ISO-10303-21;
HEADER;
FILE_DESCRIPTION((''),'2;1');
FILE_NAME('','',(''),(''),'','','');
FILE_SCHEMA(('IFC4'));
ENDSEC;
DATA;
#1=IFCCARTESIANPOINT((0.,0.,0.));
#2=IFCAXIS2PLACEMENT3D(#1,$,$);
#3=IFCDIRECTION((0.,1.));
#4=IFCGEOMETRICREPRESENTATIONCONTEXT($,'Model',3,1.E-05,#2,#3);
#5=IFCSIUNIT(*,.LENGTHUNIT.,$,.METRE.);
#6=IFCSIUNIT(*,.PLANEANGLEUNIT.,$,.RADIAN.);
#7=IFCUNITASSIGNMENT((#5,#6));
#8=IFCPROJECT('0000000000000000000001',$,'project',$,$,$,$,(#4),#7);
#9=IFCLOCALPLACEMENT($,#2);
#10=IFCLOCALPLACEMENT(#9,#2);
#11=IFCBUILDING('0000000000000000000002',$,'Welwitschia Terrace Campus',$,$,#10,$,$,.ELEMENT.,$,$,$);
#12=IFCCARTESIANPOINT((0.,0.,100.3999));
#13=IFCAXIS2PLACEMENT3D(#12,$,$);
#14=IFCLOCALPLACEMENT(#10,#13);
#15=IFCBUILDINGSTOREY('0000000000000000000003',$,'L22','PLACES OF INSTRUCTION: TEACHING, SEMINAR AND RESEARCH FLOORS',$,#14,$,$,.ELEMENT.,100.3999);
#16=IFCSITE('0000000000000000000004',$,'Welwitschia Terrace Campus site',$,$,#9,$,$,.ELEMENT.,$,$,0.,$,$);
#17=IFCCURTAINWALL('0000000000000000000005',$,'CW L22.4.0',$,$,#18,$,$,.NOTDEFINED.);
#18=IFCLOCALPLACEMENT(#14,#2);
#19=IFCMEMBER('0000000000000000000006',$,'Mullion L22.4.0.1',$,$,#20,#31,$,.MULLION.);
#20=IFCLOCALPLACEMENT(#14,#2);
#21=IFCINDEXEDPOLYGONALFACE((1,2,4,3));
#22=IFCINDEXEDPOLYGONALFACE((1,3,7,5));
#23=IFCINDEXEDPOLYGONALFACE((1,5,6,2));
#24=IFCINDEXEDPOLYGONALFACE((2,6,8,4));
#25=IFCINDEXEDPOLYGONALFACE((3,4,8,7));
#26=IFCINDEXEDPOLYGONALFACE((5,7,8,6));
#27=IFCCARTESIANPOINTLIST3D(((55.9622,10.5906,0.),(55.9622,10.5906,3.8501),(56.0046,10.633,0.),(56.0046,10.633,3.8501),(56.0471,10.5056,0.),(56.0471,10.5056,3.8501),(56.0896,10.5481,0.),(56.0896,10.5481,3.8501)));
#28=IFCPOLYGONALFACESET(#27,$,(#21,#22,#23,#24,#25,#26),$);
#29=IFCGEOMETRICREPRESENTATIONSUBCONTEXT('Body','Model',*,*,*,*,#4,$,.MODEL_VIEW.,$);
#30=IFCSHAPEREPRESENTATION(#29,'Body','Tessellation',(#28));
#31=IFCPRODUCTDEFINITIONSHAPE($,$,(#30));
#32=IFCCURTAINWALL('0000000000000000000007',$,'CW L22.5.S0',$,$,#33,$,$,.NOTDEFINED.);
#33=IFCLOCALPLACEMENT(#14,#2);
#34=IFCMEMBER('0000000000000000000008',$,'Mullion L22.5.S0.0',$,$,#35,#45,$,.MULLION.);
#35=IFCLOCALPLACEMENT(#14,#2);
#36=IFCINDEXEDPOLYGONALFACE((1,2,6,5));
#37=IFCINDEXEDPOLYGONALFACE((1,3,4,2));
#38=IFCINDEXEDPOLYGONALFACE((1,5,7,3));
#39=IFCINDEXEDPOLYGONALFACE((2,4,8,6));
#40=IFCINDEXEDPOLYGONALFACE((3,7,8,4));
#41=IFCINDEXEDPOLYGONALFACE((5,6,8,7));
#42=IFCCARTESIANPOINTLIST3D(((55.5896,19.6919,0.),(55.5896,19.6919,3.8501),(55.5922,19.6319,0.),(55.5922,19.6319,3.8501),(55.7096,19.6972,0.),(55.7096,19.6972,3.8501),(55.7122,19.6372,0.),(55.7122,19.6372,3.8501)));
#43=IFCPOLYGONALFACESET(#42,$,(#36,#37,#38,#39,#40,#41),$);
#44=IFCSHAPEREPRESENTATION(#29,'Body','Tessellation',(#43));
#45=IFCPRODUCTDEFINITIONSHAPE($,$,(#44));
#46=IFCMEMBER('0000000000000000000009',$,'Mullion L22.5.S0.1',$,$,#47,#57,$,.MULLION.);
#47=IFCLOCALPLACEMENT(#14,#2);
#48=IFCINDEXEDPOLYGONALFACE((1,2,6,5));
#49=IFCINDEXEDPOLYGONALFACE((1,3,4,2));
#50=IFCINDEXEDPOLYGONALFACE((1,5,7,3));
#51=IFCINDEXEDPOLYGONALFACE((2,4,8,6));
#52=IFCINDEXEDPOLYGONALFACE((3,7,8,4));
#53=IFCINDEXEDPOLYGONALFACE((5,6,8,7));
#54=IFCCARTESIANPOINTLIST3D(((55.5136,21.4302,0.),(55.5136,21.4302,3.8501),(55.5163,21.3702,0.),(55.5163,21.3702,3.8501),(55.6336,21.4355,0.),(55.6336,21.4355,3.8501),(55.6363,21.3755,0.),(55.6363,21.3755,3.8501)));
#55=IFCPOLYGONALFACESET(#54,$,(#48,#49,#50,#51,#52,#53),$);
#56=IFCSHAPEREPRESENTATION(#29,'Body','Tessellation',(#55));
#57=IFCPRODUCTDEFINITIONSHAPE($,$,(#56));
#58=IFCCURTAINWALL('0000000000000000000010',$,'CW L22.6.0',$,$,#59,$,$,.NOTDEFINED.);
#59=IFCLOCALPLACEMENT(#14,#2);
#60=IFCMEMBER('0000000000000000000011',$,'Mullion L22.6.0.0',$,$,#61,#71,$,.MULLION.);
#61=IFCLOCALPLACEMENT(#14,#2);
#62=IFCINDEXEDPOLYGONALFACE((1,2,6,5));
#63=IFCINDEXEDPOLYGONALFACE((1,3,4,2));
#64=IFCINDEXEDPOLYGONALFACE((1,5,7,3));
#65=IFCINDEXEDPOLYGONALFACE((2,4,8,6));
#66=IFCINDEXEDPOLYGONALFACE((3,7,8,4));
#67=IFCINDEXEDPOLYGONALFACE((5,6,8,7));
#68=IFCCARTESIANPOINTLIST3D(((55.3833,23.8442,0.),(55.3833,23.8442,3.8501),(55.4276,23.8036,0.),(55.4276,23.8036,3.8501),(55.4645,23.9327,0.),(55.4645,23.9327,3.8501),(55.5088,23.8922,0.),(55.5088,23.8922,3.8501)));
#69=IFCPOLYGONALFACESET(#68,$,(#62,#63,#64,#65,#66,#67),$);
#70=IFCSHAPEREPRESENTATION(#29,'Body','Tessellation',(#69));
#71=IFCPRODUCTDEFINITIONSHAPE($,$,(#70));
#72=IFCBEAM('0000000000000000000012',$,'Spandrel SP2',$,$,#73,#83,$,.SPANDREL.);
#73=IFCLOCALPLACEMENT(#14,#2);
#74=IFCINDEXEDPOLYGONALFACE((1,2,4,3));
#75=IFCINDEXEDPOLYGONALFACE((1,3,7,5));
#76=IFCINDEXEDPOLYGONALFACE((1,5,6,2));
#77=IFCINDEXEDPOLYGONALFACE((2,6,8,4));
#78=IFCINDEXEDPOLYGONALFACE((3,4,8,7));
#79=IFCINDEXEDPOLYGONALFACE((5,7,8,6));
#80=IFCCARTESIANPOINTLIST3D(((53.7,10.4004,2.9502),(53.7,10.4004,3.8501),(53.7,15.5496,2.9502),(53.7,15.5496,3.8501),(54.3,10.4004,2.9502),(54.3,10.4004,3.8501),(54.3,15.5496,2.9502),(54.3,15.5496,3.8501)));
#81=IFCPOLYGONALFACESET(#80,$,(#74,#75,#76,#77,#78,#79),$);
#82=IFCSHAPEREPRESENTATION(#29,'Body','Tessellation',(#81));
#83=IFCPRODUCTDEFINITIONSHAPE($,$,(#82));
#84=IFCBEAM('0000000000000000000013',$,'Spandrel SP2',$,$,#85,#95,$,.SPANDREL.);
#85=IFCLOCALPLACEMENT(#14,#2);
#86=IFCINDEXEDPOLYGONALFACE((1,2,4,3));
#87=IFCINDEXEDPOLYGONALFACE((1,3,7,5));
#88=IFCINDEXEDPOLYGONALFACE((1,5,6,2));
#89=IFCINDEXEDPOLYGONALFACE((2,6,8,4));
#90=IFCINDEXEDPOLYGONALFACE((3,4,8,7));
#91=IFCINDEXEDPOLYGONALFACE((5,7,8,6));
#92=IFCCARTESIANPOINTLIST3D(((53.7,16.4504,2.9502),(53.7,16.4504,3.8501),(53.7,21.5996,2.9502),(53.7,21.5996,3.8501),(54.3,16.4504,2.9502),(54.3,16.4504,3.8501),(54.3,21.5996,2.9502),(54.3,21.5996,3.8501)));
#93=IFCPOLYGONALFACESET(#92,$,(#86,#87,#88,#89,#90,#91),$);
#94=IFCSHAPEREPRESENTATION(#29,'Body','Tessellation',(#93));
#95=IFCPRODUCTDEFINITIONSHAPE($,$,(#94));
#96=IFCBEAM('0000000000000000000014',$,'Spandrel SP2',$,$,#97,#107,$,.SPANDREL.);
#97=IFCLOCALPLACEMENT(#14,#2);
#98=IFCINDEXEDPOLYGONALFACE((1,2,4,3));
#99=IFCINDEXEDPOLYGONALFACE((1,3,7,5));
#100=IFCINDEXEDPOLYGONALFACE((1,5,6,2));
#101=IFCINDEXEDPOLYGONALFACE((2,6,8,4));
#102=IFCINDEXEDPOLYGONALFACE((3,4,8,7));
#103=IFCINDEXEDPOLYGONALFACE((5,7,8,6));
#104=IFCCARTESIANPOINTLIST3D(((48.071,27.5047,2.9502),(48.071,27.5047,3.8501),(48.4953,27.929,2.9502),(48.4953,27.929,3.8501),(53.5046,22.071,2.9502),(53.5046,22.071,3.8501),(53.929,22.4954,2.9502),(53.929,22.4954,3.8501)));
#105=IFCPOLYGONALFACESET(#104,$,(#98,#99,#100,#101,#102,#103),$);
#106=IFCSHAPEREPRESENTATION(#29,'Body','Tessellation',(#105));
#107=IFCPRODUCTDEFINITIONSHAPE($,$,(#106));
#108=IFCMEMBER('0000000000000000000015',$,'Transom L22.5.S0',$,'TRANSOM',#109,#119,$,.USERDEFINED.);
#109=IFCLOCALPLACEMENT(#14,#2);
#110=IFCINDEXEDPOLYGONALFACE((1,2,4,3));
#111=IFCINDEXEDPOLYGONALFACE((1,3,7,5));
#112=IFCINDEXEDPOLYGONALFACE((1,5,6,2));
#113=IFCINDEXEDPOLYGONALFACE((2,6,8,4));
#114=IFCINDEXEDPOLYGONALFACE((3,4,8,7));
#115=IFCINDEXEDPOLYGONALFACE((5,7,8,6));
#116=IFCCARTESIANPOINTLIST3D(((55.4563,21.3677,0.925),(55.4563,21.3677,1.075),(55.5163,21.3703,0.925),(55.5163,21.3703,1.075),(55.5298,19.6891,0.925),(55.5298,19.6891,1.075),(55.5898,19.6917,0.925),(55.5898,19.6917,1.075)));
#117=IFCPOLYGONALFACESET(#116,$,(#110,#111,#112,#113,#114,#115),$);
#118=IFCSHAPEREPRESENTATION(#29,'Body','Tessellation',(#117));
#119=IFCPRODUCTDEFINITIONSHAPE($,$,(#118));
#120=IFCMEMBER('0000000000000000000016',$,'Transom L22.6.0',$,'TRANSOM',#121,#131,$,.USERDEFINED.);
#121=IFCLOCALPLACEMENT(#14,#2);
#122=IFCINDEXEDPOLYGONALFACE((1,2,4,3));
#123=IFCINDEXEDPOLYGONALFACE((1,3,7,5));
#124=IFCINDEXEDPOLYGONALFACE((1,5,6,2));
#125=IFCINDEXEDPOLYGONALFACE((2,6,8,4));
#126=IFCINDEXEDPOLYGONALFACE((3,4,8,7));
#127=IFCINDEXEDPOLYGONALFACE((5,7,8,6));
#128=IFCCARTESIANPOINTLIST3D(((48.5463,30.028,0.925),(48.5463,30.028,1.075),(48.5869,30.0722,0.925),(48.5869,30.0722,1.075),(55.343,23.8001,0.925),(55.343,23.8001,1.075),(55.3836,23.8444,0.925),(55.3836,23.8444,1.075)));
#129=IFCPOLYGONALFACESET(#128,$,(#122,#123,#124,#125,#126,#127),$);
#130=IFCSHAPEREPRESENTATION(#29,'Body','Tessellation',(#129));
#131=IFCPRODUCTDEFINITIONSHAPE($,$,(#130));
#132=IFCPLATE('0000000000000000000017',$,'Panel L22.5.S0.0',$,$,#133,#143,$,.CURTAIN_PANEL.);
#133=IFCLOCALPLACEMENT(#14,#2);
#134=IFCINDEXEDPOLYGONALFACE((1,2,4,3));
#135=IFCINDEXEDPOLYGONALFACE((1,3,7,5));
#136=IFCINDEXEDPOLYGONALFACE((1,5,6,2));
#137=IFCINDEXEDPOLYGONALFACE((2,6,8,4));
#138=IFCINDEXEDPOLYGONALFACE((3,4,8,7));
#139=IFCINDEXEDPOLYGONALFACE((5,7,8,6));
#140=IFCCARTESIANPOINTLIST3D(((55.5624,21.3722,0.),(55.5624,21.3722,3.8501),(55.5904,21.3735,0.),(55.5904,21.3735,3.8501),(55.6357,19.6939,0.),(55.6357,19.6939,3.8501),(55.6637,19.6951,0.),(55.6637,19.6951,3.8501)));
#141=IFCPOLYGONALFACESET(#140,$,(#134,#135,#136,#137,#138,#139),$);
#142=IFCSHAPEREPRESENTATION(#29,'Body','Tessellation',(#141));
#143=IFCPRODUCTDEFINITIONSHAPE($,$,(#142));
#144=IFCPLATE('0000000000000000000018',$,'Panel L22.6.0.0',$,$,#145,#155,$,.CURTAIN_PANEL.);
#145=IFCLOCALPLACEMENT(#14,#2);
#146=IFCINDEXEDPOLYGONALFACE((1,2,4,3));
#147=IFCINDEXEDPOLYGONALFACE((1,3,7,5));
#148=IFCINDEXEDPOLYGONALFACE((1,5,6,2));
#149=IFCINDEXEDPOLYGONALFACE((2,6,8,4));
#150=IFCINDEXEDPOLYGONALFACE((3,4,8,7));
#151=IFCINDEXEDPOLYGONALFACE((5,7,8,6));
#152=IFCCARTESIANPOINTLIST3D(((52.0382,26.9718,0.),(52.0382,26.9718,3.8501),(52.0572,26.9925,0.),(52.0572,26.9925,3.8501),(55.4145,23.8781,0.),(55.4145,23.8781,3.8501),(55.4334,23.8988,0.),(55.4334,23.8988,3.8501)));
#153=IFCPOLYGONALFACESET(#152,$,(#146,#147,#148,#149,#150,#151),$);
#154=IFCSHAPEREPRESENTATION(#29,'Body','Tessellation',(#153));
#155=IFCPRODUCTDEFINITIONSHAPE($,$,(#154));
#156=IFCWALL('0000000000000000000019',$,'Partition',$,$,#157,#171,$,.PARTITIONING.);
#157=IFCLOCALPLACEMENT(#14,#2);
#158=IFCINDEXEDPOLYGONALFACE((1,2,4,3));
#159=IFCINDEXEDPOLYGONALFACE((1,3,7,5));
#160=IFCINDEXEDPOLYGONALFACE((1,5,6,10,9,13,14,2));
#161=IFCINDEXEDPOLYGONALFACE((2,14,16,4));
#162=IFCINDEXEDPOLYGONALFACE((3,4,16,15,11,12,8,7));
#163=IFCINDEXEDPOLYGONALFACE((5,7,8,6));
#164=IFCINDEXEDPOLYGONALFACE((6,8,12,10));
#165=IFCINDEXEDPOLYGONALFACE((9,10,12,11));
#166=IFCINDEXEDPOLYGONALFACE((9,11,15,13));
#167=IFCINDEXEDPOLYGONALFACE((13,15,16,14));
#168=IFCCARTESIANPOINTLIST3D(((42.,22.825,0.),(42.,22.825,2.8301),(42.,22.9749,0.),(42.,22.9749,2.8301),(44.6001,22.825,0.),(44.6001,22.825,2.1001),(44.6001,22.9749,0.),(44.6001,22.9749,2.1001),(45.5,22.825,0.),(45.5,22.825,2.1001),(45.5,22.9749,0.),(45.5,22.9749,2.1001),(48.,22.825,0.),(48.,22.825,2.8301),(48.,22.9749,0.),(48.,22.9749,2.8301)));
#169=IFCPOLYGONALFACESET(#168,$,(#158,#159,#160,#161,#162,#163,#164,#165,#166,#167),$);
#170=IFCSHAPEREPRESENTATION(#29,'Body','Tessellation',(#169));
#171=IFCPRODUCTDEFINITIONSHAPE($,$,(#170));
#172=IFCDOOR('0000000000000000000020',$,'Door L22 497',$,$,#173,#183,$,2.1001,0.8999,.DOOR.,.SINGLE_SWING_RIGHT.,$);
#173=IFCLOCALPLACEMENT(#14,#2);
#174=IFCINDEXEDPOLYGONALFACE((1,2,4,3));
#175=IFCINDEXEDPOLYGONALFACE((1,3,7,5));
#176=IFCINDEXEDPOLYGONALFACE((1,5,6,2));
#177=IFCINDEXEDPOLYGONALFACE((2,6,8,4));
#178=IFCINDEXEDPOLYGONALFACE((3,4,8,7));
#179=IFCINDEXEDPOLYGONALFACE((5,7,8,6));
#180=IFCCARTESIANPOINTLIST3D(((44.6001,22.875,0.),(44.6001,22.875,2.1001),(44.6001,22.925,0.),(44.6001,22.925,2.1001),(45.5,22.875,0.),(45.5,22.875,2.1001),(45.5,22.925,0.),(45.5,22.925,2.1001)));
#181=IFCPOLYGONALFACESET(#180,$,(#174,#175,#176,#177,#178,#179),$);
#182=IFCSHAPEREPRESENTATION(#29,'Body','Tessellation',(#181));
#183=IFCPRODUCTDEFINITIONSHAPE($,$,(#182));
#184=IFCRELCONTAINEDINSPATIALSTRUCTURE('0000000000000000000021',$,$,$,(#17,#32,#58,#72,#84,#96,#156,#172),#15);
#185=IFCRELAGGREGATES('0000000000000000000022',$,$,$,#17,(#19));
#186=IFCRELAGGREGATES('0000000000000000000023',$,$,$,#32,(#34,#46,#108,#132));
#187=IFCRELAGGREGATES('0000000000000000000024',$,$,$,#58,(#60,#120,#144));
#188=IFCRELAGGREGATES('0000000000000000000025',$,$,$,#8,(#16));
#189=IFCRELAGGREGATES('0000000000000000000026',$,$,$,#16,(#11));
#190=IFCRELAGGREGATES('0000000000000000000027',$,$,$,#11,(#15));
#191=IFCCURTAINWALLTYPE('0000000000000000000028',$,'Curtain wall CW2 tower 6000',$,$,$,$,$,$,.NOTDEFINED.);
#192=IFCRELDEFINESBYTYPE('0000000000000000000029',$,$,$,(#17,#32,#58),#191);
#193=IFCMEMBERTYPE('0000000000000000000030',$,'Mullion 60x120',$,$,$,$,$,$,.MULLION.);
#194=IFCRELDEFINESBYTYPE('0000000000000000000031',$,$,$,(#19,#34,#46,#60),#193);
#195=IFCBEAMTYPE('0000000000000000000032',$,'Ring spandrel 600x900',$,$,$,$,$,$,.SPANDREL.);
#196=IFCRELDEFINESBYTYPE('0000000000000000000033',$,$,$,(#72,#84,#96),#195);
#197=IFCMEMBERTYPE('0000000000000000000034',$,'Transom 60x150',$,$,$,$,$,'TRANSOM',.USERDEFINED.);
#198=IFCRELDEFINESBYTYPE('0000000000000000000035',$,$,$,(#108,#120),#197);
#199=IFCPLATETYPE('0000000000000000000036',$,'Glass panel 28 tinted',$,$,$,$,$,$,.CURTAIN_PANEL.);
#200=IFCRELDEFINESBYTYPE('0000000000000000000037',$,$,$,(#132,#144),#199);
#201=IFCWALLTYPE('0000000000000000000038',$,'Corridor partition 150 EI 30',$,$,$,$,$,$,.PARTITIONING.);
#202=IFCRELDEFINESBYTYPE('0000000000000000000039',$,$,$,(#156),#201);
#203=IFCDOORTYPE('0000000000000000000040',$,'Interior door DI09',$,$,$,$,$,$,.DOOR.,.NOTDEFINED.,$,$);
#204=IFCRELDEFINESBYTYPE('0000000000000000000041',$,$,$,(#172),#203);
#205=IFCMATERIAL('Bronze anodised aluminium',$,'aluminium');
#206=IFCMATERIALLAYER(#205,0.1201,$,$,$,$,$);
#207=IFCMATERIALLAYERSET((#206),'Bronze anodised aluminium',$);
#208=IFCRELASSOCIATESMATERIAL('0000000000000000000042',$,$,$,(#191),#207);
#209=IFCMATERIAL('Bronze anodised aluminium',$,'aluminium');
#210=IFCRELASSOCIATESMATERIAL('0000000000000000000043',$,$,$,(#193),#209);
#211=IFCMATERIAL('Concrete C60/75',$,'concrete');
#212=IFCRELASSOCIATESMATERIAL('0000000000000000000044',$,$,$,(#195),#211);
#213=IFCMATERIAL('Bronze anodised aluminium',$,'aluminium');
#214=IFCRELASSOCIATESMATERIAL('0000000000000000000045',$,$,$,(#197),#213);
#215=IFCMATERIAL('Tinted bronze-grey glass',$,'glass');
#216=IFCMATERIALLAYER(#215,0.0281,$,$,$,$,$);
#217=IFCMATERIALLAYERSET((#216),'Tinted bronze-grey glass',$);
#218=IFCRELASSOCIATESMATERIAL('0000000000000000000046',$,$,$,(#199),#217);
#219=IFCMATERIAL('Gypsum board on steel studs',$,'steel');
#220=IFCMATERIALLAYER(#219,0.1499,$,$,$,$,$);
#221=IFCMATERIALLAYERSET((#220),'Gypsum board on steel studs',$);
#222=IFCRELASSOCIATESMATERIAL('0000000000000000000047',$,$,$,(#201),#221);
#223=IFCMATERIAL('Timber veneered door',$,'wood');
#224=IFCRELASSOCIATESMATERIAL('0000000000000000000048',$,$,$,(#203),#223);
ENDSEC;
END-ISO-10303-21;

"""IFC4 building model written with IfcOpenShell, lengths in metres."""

from ifc_helpers import new_model, si_unit, direction, frame, frame_2d, origin, origin_2d, place, context, subcontext, project, spatial, rectangle, extrude, material, layer, layer_set, material_profile, profile_set, type_object, element, fill, aggregate, save


model = new_model("IFC4")

# Units and contexts
model_context = context("Model", 3, precision=1e-05, world=origin(), true_north=direction((0.0, 1.0)))
body_context = subcontext(model_context, "Body", "Model", "MODEL_VIEW")
ifc_project = project(units=[si_unit("LENGTHUNIT", "METRE"), si_unit("PLANEANGLEUNIT", "RADIAN")], contexts=[model_context])

# Site, building, storey
site_placement = place(None, origin())
site = spatial("IfcSite", under=ifc_project, at=site_placement, Name="Welwitschia Terrace Campus site", CompositionType="ELEMENT", RefElevation=0.0)
building_placement = place(site_placement, origin())
building = spatial("IfcBuilding", under=site, at=building_placement, Name="Welwitschia Terrace Campus", CompositionType="ELEMENT")
storey_placement = place(building_placement, frame((0.0, 0.0, 100.3999)))
storey = spatial("IfcBuildingStorey", under=building, at=storey_placement, Name="L22", Description="PLACES OF INSTRUCTION: TEACHING, SEMINAR AND RESEARCH FLOORS", CompositionType="ELEMENT", Elevation=100.3999)

# Curtain wall, member
ifc_material_1 = material(Name="Bronze anodised aluminium", Category="aluminium")
ifc_layer_1 = layer(ifc_material_1, 0.1201)
ifc_layer_set_1 = layer_set([ifc_layer_1], Name="Bronze anodised aluminium")
curtain_wall_type = type_object("IfcCurtainWallType", Name="Curtain wall CW2 tower 6000", PredefinedType="NOTDEFINED", material=ifc_layer_set_1)
curtain_wall_1_placement = place(storey_placement, origin())
curtain_wall_1 = element("IfcCurtainWall", 1, at=curtain_wall_1_placement, inside=storey, type_object=curtain_wall_type, Name="CW L22.4.0", PredefinedType="NOTDEFINED")
ifc_material_2 = material(Name="Bronze anodised aluminium", Category="aluminium")
ifc_material_profile_1 = material_profile(ifc_material_2, rectangle(XDim=0.1201, YDim=0.0601, at=origin_2d()))
ifc_profile_set_1 = profile_set([ifc_material_profile_1], Name="Bronze anodised aluminium")
member_type_1 = type_object("IfcMemberType", Name="Mullion 60x120", PredefinedType="MULLION", material=ifc_profile_set_1)
member_1_placement = place(storey_placement, frame((56.0259, 10.5693, 0.0), z_axis=(0.0, 0.0, 1.0), x_axis=(-0.707107, 0.707107, 0.0)))
member_1 = element("IfcMember", 2, at=member_1_placement, type_object=member_type_1, Name="Mullion L22.4.0.1", PredefinedType="MULLION", context=body_context, shape_type="SweptSolid", body=[
    extrude(rectangle(XDim=0.1201, YDim=0.0601, at=origin_2d()), origin(), (0.0, 0.0, 1.0), 3.8501),
])
aggregate(curtain_wall_1, [member_1])

# Curtain wall, members
curtain_wall_2_placement = place(storey_placement, origin())
curtain_wall_2 = element("IfcCurtainWall", 3, at=curtain_wall_2_placement, inside=storey, type_object=curtain_wall_type, Name="CW L22.5.S0", PredefinedType="NOTDEFINED")
member_2_placement = place(storey_placement, frame((55.6509, 19.6646, 0.0), z_axis=(0.0, 0.0, 1.0), x_axis=(-0.999048, -0.043619, 0.0)))
member_2 = element("IfcMember", 4, at=member_2_placement, type_object=member_type_1, Name="Mullion L22.5.S0.0", PredefinedType="MULLION", context=body_context, shape_type="SweptSolid", body=[
    extrude(rectangle(XDim=0.1201, YDim=0.0601, at=origin_2d()), origin(), (0.0, 0.0, 1.0), 3.8501),
])
member_3_placement = place(storey_placement, frame((55.575, 21.4028, 0.0), z_axis=(0.0, 0.0, 1.0), x_axis=(-0.999048, -0.043619, 0.0)))
member_3 = element("IfcMember", 5, at=member_3_placement, type_object=member_type_1, Name="Mullion L22.5.S0.1", PredefinedType="MULLION", context=body_context, shape_type="SweptSolid", body=[
    extrude(rectangle(XDim=0.1201, YDim=0.0601, at=origin_2d()), origin(), (0.0, 0.0, 1.0), 3.8501),
])

# Curtain wall, member
curtain_wall_3_placement = place(storey_placement, origin())
curtain_wall_3 = element("IfcCurtainWall", 6, at=curtain_wall_3_placement, inside=storey, type_object=curtain_wall_type, Name="CW L22.6.0", PredefinedType="NOTDEFINED")
member_4_placement = place(storey_placement, frame((55.446, 23.8682, 0.0), z_axis=(0.0, 0.0, 1.0), x_axis=(-0.67559, -0.737277, 0.0)))
member_4 = element("IfcMember", 7, at=member_4_placement, type_object=member_type_1, Name="Mullion L22.6.0.0", PredefinedType="MULLION", context=body_context, shape_type="SweptSolid", body=[
    extrude(rectangle(XDim=0.1201, YDim=0.0601, at=origin_2d()), origin(), (0.0, 0.0, 1.0), 3.8501),
])

# Beams
ifc_material_3 = material(Name="Concrete C60/75", Category="concrete")
ifc_material_profile_2 = material_profile(ifc_material_3, rectangle(XDim=0.6001, YDim=0.8999, at=origin_2d()))
ifc_profile_set_2 = profile_set([ifc_material_profile_2], Name="Concrete C60/75")
beam_type_1 = type_object("IfcBeamType", Name="Ring spandrel 600x900", PredefinedType="SPANDREL", material=ifc_profile_set_2)
for number, where, z_axis, x_axis, name in (
    (8, (54.0, 10.4004, 3.4001), (0.0, 1.0, 0.0), (-1.0, 0.0, 0.0), "Spandrel SP2"),
    (9, (54.0, 16.4504, 3.4001), (0.0, 1.0, 0.0), (-1.0, 0.0, 0.0), "Spandrel SP2"),
):
    element("IfcBeam", number, at=place(storey_placement, frame(where, z_axis=z_axis, x_axis=x_axis)), inside=storey, type_object=beam_type_1, Name=name, PredefinedType="SPANDREL", context=body_context, shape_type="SweptSolid", body=[
        extrude(rectangle(XDim=0.6001, YDim=0.8999, at=origin_2d()), origin(), (0.0, 0.0, 1.0), 5.1492),
    ])
beam_placement = place(storey_placement, frame((53.7168, 22.2832, 3.4001), z_axis=(-0.707107, 0.707107, 0.0), x_axis=(-0.707107, -0.707107, 0.0)))
element("IfcBeam", 10, at=beam_placement, inside=storey, type_object=beam_type_1, Name="Spandrel SP2", PredefinedType="SPANDREL", context=body_context, shape_type="SweptSolid", body=[
    extrude(rectangle(XDim=0.6001, YDim=0.8999, at=origin_2d()), origin(), (0.0, 0.0, 1.0), 7.6843),
])

# Members
ifc_material_4 = material(Name="Bronze anodised aluminium", Category="aluminium")
ifc_material_profile_3 = material_profile(ifc_material_4, rectangle(XDim=0.0601, YDim=0.1499, at=origin_2d()))
ifc_profile_set_3 = profile_set([ifc_material_profile_3], Name="Bronze anodised aluminium")
member_type_2 = type_object("IfcMemberType", Name="Transom 60x150", ElementType="TRANSOM", PredefinedType="USERDEFINED", material=ifc_profile_set_3)
member_5_placement = place(storey_placement, frame((55.5598, 19.6904, 1.0), z_axis=(-0.04374, 0.999043, 0.0), x_axis=(-0.999043, -0.04374, 0.0)))
member_5 = element("IfcMember", 11, at=member_5_placement, type_object=member_type_2, Name="Transom L22.5.S0", ObjectType="TRANSOM", PredefinedType="USERDEFINED", context=body_context, shape_type="SweptSolid", body=[
    extrude(rectangle(XDim=0.0601, YDim=0.1499, at=origin_2d()), origin(), (0.0, 0.0, 1.0), 1.6802),
])
member_6_placement = place(storey_placement, frame((55.3633, 23.8223, 1.0), z_axis=(-0.737287, 0.67558, 0.0), x_axis=(-0.67558, -0.737287, 0.0)))
member_6 = element("IfcMember", 12, at=member_6_placement, type_object=member_type_2, Name="Transom L22.6.0", ObjectType="TRANSOM", PredefinedType="USERDEFINED", context=body_context, shape_type="SweptSolid", body=[
    extrude(rectangle(XDim=0.0601, YDim=0.1499, at=origin_2d()), origin(), (0.0, 0.0, 1.0), 9.2185),
])

# Plates
ifc_material_5 = material(Name="Tinted bronze-grey glass", Category="glass")
ifc_layer_2 = layer(ifc_material_5, 0.0281)
ifc_layer_set_2 = layer_set([ifc_layer_2], Name="Tinted bronze-grey glass")
plate_type = type_object("IfcPlateType", Name="Glass panel 28 tinted", PredefinedType="CURTAIN_PANEL", material=ifc_layer_set_2)
plate_1_placement = place(storey_placement, frame((55.613, 20.5337, 0.0), z_axis=(0.0, 0.0, 1.0), x_axis=(-0.043619, 0.999048, 0.0)))
plate_1 = element("IfcPlate", 13, at=plate_1_placement, type_object=plate_type, Name="Panel L22.5.S0.0", PredefinedType="CURTAIN_PANEL", context=body_context, shape_type="SweptSolid", body=[
    extrude(rectangle(XDim=1.6799, YDim=0.0281, at=origin_2d()), origin(), (0.0, 0.0, 1.0), 3.8501),
])
aggregate(curtain_wall_2, [member_2, member_3, member_5, plate_1])
plate_2_placement = place(storey_placement, frame((53.7358, 25.4353, 0.0), z_axis=(0.0, 0.0, 1.0), x_axis=(-0.737277, 0.67559, 0.0)))
plate_2 = element("IfcPlate", 14, at=plate_2_placement, type_object=plate_type, Name="Panel L22.6.0.0", PredefinedType="CURTAIN_PANEL", context=body_context, shape_type="SweptSolid", body=[
    extrude(rectangle(XDim=4.5793, YDim=0.0281, at=origin_2d()), origin(), (0.0, 0.0, 1.0), 3.8501),
])
aggregate(curtain_wall_3, [member_4, member_6, plate_2])

# Wall, opening, door
ifc_material_6 = material(Name="Gypsum board on steel studs", Category="steel")
ifc_layer_3 = layer(ifc_material_6, 0.1499)
ifc_layer_set_3 = layer_set([ifc_layer_3], Name="Gypsum board on steel studs")
wall_type_1 = type_object("IfcWallType", Name="Corridor partition 150 EI 30", PredefinedType="PARTITIONING", material=ifc_layer_set_3)
wall_1_placement = place(storey_placement, frame((48.0, 22.8999, 0.0), z_axis=(0.0, 0.0, 1.0), x_axis=(-1.0, 0.0, 0.0)))
wall_1 = element("IfcWall", 15, at=wall_1_placement, inside=storey, type_object=wall_type_1, Name="Partition", PredefinedType="PARTITIONING", context=body_context, shape_type="SweptSolid", body=[
    extrude(rectangle(XDim=6.0, YDim=0.1499, at=frame_2d((3.0, 0.0))), origin(), (0.0, 0.0, 1.0), 2.8301),
])
opening_1_placement = place(wall_1_placement, frame((2.5, 0.0, 0.0)))
opening_1 = element("IfcOpeningElement", 16, at=opening_1_placement, cuts=wall_1, PredefinedType="OPENING", context=body_context, shape_type="SweptSolid", body=[
    extrude(rectangle(XDim=0.8999, YDim=2.1001, at=frame_2d((0.45, 1.05))), frame((0.0, 0.085, 0.0), z_axis=(0.0, -1.0, 0.0), x_axis=(1.0, 0.0, 0.0)), (0.0, 0.0, 1.0), 0.1699),
])
ifc_material_7 = material(Name="Timber veneered door", Category="wood")
door_type_1 = type_object("IfcDoorType", Name="Interior door DI09", OperationType="NOTDEFINED", PredefinedType="DOOR", material=ifc_material_7)
door_1_placement = place(opening_1_placement, origin())
door_1 = element("IfcDoor", 17, at=door_1_placement, inside=storey, type_object=door_type_1, Name="Door L22 497", OperationType="SINGLE_SWING_RIGHT", OverallHeight=2.1001, OverallWidth=0.8999, PredefinedType="DOOR", context=body_context, shape_type="SweptSolid", body=[
    extrude(rectangle(XDim=0.8999, YDim=2.1001, at=frame_2d((0.45, 1.05))), frame((0.0, 0.0249, 0.0), z_axis=(0.0, -1.0, 0.0), x_axis=(1.0, 0.0, 0.0)), (0.0, 0.0, 1.0), 0.05),
])
fill(opening_1, door_1)

save(model, "model.ifc")
